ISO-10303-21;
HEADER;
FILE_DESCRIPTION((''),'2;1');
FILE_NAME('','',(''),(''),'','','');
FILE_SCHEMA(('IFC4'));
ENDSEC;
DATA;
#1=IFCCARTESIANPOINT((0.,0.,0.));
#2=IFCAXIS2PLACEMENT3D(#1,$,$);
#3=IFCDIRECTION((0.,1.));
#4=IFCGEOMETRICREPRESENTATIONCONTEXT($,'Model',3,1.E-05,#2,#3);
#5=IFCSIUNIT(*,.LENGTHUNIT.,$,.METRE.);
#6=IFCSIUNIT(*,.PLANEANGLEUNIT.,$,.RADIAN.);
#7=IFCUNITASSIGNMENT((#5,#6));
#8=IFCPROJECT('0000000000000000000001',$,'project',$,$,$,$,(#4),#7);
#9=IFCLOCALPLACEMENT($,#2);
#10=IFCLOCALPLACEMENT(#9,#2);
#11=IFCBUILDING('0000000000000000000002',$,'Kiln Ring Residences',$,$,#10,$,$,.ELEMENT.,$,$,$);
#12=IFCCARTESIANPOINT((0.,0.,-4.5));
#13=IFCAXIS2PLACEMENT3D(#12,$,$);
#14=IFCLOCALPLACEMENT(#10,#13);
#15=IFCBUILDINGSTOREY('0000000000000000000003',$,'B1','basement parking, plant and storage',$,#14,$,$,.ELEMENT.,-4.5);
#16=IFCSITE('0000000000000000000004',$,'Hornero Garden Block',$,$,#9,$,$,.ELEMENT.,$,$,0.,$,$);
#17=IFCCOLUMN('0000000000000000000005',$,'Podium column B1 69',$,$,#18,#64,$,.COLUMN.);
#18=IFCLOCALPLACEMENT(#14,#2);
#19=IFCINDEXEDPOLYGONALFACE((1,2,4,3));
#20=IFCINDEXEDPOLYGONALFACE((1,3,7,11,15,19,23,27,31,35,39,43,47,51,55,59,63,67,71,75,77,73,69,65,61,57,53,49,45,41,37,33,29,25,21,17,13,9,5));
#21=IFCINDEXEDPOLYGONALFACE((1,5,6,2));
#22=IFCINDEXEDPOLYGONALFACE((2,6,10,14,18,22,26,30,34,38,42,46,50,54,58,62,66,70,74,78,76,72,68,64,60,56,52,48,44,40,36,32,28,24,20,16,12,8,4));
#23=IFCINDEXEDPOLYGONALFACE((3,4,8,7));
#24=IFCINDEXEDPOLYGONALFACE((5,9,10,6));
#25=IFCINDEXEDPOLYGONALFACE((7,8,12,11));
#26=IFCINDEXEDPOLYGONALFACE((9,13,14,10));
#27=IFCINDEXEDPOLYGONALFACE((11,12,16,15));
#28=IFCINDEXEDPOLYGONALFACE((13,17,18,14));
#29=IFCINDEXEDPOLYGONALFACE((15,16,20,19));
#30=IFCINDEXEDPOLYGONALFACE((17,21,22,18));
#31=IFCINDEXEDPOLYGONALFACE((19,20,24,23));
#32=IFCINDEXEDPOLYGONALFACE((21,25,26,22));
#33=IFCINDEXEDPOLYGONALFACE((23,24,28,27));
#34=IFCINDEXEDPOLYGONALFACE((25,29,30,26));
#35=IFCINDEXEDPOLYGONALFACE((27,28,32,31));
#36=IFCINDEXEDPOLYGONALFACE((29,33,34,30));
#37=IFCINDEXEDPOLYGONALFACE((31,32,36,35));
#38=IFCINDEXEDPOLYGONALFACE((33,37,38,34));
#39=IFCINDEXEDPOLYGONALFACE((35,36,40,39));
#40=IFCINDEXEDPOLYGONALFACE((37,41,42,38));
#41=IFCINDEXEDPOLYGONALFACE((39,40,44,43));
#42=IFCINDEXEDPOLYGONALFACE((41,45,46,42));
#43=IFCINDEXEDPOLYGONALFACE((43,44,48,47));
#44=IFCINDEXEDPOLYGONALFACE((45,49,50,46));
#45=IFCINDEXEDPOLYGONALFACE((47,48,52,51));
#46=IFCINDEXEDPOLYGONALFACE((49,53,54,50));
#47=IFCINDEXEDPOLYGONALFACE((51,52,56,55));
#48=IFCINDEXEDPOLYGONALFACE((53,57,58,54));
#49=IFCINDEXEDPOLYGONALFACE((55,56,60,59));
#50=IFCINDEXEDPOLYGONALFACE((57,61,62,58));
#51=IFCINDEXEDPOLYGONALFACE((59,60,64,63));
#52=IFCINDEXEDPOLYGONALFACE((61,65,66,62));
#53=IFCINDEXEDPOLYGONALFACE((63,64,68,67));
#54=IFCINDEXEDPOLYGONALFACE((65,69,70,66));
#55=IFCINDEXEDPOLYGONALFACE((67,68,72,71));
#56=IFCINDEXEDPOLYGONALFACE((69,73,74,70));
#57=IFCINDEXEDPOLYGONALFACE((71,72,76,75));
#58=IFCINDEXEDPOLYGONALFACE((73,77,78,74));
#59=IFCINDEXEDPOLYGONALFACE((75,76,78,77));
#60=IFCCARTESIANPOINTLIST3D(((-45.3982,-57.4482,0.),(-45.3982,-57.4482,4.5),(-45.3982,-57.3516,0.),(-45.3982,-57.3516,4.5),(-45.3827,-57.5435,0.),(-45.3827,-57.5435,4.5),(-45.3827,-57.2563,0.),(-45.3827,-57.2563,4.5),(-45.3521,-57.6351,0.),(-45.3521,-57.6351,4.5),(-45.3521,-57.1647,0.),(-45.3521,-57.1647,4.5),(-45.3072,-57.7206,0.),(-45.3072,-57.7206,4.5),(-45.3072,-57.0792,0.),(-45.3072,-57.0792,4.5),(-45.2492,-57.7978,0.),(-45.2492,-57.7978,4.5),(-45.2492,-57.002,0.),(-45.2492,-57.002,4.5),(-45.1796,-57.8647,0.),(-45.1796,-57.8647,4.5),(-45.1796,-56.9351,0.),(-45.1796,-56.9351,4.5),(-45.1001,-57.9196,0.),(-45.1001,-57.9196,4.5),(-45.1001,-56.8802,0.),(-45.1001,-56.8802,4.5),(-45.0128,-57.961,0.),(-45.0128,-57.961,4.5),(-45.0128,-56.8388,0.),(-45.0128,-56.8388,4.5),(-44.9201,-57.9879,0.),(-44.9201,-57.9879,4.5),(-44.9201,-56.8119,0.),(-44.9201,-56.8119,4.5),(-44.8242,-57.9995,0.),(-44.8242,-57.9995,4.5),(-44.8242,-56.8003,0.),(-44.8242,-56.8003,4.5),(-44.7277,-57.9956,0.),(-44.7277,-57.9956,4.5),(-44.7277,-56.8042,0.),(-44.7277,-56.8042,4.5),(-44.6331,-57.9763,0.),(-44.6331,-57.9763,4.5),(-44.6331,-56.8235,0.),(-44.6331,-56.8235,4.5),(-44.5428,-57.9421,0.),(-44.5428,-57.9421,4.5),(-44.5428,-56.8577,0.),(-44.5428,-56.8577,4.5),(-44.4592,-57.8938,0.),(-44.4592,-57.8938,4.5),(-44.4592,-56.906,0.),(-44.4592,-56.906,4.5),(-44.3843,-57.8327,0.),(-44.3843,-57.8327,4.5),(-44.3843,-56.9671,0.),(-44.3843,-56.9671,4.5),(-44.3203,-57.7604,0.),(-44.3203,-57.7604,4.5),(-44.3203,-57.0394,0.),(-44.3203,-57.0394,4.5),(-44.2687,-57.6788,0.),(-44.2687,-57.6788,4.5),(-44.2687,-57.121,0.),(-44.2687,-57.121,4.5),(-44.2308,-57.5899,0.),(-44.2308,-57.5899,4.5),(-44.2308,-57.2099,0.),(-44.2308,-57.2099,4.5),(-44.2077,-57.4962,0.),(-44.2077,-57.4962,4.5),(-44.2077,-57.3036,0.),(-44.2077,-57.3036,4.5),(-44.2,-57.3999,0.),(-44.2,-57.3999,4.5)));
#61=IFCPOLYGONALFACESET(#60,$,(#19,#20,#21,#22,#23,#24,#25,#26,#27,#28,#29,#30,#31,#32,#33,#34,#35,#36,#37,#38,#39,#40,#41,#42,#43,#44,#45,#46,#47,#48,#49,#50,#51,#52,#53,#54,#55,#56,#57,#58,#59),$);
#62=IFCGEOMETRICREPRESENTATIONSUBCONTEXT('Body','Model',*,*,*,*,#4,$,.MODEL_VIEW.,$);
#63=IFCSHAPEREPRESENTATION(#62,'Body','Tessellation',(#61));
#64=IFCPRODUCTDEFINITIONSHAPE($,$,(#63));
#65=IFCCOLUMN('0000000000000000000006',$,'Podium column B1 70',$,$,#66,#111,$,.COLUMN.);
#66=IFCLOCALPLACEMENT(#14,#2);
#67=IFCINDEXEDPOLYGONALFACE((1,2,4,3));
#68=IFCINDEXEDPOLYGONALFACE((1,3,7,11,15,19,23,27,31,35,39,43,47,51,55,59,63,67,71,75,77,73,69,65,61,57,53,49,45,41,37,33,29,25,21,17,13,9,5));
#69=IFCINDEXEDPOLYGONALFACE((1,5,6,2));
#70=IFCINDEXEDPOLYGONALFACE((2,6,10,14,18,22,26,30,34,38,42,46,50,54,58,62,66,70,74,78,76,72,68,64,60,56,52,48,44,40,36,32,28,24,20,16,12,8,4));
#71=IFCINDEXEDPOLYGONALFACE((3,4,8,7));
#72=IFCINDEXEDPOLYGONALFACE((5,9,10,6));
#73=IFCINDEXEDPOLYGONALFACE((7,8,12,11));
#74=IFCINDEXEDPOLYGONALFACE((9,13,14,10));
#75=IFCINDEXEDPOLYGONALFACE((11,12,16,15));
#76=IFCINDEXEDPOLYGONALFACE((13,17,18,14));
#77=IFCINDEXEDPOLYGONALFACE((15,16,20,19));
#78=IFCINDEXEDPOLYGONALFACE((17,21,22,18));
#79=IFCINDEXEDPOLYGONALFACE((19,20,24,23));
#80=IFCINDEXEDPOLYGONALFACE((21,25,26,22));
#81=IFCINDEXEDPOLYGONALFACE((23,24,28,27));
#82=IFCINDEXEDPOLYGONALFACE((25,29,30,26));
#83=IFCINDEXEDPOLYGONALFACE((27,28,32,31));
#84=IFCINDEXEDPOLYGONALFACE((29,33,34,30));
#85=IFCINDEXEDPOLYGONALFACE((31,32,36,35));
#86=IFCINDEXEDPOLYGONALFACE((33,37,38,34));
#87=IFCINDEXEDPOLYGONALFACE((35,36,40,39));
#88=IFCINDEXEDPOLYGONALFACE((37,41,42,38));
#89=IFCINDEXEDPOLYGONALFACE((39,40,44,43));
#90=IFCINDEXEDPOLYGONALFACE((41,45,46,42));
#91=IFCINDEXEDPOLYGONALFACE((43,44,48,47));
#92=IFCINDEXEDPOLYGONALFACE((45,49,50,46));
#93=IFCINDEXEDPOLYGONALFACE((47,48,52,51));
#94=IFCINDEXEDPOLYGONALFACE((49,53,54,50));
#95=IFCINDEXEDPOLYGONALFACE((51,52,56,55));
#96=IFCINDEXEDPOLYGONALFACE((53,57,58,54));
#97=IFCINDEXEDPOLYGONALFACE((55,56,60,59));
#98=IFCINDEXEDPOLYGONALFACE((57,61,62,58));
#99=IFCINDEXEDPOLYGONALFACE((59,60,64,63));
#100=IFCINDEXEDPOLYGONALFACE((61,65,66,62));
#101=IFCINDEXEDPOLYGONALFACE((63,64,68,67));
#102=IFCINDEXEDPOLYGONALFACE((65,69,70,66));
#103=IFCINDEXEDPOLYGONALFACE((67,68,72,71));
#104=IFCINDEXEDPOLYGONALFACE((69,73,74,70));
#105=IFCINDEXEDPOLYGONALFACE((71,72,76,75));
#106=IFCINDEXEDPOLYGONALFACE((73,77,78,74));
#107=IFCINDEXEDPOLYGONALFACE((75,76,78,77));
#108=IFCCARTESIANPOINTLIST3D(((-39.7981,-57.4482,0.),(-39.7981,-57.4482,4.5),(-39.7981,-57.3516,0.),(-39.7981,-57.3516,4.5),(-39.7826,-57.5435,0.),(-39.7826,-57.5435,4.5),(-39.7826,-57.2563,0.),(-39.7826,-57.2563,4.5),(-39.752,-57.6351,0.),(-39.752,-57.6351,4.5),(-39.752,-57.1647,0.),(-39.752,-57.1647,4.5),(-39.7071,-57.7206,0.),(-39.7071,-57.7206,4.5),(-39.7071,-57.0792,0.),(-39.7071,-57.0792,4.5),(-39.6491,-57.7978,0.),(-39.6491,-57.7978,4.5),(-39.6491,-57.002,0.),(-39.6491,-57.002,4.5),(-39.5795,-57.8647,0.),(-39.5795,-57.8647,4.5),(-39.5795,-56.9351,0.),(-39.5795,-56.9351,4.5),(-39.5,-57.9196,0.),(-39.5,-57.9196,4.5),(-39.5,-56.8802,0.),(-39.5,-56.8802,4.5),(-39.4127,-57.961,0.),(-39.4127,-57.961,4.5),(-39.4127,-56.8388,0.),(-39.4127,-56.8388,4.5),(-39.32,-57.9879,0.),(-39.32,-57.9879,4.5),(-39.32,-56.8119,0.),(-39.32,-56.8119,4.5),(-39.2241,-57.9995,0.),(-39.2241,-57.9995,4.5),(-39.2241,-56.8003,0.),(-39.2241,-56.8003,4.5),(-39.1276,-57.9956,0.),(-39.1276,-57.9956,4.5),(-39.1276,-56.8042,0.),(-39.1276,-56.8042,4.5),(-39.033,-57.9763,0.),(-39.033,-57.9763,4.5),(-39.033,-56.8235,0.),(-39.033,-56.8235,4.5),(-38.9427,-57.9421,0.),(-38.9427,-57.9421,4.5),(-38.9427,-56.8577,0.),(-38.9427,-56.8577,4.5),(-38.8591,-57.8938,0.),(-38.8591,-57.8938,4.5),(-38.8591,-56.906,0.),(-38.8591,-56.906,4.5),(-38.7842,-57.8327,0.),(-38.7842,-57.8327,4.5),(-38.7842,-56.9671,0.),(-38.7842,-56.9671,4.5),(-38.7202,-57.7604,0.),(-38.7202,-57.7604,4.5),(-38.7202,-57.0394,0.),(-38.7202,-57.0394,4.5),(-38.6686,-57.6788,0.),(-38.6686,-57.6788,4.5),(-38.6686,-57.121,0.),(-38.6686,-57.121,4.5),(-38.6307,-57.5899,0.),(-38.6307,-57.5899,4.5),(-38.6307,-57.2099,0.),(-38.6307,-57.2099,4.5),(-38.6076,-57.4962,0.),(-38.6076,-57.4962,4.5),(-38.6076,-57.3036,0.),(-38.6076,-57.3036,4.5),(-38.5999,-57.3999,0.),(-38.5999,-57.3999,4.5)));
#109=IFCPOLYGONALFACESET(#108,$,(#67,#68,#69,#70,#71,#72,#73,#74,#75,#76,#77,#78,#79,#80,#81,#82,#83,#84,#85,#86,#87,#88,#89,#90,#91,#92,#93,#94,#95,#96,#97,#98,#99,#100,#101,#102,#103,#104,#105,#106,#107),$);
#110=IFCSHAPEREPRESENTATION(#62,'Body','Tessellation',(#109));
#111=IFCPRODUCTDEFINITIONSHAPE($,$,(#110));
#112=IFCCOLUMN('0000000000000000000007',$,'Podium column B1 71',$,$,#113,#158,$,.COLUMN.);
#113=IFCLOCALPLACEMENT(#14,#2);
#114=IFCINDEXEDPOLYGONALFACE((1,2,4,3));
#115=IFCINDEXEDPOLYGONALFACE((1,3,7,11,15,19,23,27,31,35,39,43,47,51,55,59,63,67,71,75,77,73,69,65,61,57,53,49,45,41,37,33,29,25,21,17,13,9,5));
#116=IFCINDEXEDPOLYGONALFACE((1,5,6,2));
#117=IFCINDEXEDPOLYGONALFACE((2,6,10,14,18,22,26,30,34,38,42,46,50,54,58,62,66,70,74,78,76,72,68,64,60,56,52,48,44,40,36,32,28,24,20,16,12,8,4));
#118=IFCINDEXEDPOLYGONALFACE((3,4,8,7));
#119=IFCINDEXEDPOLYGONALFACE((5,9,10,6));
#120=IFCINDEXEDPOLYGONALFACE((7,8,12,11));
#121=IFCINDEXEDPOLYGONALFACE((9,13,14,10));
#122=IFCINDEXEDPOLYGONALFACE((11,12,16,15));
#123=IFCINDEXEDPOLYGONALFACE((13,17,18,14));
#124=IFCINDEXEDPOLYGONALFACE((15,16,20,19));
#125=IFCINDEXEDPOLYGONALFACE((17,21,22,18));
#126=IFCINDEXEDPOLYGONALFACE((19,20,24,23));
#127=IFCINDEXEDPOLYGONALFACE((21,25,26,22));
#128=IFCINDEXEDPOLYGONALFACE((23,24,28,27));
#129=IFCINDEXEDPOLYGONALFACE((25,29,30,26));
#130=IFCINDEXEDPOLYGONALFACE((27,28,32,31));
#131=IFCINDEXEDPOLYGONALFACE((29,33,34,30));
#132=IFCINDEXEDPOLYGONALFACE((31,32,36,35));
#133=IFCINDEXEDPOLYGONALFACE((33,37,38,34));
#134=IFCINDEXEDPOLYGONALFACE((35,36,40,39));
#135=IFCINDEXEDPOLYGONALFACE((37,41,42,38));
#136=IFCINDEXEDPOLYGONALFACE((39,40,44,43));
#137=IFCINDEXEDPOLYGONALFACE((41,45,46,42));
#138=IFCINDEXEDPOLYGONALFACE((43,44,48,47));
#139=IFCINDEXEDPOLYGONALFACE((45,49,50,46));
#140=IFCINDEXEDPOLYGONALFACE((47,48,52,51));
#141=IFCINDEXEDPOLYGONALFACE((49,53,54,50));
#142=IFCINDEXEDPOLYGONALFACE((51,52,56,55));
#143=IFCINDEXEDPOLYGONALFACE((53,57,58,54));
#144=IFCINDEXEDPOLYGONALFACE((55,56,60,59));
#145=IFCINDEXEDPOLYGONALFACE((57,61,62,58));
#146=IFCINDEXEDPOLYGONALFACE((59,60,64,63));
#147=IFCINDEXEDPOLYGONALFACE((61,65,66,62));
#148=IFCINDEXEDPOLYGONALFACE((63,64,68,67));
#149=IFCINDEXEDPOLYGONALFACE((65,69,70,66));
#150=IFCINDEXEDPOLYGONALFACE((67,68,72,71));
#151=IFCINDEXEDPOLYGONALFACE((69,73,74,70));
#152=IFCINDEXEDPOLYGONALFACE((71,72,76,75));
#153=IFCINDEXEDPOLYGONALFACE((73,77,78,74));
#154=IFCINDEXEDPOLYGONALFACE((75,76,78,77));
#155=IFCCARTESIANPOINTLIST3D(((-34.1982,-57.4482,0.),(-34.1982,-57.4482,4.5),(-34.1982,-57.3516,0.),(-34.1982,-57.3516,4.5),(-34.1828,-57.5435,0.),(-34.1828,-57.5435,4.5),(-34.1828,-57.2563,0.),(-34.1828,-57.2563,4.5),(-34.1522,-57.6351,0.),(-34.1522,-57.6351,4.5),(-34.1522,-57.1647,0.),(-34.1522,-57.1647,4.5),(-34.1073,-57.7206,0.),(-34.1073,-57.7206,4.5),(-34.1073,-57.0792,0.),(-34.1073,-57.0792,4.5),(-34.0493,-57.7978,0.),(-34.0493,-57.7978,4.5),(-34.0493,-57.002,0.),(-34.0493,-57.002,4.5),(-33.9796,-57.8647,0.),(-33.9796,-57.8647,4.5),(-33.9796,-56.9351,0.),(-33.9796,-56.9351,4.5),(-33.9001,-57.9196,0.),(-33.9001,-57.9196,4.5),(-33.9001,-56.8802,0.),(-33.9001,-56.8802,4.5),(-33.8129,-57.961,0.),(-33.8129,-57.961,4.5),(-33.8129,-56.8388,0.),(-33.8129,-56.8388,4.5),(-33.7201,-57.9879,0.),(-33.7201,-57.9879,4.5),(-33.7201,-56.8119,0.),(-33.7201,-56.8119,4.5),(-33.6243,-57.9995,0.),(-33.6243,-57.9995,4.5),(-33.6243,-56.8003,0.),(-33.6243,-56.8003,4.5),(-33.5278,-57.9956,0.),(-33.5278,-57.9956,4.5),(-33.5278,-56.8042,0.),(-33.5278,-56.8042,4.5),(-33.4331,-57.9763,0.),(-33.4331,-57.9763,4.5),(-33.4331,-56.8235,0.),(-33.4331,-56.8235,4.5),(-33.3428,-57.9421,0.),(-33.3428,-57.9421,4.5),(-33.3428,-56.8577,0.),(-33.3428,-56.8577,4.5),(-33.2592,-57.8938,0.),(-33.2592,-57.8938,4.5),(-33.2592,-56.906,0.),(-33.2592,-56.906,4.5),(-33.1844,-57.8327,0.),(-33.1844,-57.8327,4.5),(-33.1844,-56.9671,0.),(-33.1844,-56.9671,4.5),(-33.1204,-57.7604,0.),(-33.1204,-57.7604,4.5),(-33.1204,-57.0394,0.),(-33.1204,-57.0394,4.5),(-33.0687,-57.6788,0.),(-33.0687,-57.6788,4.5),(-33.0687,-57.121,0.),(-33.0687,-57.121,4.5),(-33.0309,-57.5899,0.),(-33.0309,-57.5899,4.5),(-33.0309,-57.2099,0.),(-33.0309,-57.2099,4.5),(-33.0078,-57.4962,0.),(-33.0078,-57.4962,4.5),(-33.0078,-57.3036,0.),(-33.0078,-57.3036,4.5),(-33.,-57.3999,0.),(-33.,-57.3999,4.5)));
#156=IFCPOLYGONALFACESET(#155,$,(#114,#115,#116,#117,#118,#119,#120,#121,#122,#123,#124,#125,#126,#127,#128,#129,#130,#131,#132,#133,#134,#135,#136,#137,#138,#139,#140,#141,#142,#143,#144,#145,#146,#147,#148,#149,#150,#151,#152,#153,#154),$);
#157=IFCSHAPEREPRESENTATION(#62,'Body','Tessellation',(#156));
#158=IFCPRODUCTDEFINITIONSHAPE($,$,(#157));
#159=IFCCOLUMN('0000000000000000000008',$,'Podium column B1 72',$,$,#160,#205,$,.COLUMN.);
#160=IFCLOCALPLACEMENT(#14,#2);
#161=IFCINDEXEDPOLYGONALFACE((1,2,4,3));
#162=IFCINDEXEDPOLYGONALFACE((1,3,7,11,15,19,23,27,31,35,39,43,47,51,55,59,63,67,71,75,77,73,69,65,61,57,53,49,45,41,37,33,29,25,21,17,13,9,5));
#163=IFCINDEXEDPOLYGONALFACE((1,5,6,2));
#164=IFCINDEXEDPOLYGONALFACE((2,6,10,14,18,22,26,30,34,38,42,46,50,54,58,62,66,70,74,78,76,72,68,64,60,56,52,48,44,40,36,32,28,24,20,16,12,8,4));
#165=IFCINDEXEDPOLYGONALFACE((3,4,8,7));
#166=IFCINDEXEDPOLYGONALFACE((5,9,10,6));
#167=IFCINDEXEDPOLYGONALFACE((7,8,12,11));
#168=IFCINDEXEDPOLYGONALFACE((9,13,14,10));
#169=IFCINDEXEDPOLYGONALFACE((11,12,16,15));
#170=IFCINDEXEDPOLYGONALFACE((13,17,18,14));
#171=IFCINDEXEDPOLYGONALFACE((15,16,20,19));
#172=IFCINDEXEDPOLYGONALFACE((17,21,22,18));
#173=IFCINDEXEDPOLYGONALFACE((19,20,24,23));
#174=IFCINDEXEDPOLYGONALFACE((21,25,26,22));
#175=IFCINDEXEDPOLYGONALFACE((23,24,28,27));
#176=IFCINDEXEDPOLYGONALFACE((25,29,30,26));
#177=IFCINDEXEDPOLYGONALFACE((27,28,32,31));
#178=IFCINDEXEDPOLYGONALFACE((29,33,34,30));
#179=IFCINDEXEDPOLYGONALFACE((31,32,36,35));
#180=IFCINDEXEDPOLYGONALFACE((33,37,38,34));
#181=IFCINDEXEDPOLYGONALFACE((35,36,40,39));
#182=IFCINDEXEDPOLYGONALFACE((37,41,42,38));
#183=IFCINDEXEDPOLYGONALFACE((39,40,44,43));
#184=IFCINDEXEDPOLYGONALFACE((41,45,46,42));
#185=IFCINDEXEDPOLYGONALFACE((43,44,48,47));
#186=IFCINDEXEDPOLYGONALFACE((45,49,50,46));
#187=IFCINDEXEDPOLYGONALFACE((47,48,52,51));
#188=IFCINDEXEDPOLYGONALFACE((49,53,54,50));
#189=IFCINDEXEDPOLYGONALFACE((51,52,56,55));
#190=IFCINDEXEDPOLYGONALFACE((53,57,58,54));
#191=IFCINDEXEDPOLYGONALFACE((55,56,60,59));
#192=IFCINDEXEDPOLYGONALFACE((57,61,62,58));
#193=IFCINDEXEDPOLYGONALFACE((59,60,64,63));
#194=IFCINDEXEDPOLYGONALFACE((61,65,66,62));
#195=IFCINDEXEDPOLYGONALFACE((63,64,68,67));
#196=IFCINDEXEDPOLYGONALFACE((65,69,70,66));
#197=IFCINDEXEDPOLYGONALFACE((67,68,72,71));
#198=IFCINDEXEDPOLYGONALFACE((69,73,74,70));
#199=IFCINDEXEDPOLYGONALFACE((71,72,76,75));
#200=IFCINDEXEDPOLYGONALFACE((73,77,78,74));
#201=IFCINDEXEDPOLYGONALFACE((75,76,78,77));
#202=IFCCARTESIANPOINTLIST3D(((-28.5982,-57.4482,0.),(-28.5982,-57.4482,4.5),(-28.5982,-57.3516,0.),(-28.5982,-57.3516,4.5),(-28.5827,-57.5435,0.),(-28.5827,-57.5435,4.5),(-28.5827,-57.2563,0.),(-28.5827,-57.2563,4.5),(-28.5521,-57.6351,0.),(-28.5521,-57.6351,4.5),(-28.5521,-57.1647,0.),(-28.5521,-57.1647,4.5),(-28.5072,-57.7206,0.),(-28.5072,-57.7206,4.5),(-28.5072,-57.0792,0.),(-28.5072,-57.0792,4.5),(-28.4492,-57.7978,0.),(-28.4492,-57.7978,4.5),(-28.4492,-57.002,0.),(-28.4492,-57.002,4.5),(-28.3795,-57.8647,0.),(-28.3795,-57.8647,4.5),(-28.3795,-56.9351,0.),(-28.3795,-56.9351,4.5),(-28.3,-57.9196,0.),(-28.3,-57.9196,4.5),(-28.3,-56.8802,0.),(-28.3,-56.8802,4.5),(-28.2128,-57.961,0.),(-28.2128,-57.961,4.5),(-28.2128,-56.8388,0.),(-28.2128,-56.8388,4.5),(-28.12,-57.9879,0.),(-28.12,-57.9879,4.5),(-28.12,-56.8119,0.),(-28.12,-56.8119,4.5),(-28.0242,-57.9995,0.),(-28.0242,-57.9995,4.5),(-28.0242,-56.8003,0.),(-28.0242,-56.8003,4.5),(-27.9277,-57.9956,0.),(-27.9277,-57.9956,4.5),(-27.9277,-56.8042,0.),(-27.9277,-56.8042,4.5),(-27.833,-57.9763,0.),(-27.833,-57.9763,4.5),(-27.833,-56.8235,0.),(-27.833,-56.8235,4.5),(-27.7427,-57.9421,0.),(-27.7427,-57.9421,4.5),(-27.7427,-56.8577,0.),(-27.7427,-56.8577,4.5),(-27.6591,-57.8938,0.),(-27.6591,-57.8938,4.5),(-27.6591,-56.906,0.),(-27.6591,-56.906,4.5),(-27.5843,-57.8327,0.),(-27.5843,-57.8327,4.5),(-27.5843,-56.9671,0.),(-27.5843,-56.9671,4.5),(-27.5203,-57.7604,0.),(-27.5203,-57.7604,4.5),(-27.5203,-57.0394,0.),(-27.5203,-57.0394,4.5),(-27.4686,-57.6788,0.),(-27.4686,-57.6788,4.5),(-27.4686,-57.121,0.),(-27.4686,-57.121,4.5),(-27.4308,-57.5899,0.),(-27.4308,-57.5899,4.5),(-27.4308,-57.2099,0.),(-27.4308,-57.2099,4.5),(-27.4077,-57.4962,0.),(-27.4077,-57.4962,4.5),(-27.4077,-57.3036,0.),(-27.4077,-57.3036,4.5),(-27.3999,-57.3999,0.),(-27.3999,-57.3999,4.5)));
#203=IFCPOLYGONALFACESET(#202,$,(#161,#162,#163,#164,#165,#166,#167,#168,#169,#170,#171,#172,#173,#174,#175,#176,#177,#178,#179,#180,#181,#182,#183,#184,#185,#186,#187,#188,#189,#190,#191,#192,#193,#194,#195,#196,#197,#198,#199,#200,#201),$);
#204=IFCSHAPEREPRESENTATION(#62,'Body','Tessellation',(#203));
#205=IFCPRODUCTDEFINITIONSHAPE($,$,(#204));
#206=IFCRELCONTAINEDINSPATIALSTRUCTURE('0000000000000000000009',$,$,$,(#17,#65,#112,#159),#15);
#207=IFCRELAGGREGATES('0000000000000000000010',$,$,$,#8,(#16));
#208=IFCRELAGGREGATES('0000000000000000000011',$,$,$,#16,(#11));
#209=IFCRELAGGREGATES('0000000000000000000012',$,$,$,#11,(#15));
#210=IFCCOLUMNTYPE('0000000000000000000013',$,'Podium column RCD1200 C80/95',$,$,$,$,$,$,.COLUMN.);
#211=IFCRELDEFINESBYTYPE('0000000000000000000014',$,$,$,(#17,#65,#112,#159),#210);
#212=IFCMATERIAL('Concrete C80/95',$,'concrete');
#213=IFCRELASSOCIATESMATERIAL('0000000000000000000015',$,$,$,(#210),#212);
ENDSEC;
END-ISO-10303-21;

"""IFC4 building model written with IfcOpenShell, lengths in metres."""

from ifc_helpers import new_model, si_unit, direction, frame, origin, origin_2d, place, context, subcontext, project, spatial, circle, extrude, material, material_profile, profile_set, type_object, element, save


model = new_model("IFC4")

# Units and contexts
model_context = context("Model", 3, precision=1e-05, world=origin(), true_north=direction((0.0, 1.0)))
body_context = subcontext(model_context, "Body", "Model", "MODEL_VIEW")
ifc_project = project(units=[si_unit("LENGTHUNIT", "METRE"), si_unit("PLANEANGLEUNIT", "RADIAN")], contexts=[model_context])

# Site, building, storey
site_placement = place(None, origin())
site = spatial("IfcSite", under=ifc_project, at=site_placement, Name="Hornero Garden Block", CompositionType="ELEMENT", RefElevation=0.0)
building_placement = place(site_placement, origin())
building = spatial("IfcBuilding", under=site, at=building_placement, Name="Kiln Ring Residences", CompositionType="ELEMENT")
storey_placement = place(building_placement, frame((0.0, 0.0, -4.5)))
storey = spatial("IfcBuildingStorey", under=building, at=storey_placement, Name="B1", Description="basement parking, plant and storage", CompositionType="ELEMENT", Elevation=-4.5)

# Columns
ifc_material_1 = material(Name="Concrete C80/95", Category="concrete")
ifc_material_profile_1 = material_profile(ifc_material_1, circle(Radius=0.6001, at=origin_2d()), Name="RCD1200")
ifc_profile_set_1 = profile_set([ifc_material_profile_1], Name="Concrete C80/95")
column_type = type_object("IfcColumnType", Name="Podium column RCD1200 C80/95", PredefinedType="COLUMN", material=ifc_profile_set_1)
for number, where, z_axis, x_axis, name in (
    (1, (-44.8, -57.3999, 0.0), (0.0, 0.0, 1.0), (1.0, 0.0, 0.0), "Podium column B1 69"),
    (2, (-39.2, -57.3999, 0.0), (0.0, 0.0, 1.0), (1.0, 0.0, 0.0), "Podium column B1 70"),
    (3, (-33.6001, -57.3999, 0.0), (0.0, 0.0, 1.0), (1.0, 0.0, 0.0), "Podium column B1 71"),
    (4, (-28.0, -57.3999, 0.0), (0.0, 0.0, 1.0), (1.0, 0.0, 0.0), "Podium column B1 72"),
):
    element("IfcColumn", number, at=place(storey_placement, frame(where, z_axis=z_axis, x_axis=x_axis)), inside=storey, type_object=column_type, Name=name, PredefinedType="COLUMN", context=body_context, shape_type="SweptSolid", body=[
        extrude(circle(Radius=0.6001, at=origin_2d()), origin(), (0.0, 0.0, 1.0), 4.5),
    ])

save(model, "model.ifc")
